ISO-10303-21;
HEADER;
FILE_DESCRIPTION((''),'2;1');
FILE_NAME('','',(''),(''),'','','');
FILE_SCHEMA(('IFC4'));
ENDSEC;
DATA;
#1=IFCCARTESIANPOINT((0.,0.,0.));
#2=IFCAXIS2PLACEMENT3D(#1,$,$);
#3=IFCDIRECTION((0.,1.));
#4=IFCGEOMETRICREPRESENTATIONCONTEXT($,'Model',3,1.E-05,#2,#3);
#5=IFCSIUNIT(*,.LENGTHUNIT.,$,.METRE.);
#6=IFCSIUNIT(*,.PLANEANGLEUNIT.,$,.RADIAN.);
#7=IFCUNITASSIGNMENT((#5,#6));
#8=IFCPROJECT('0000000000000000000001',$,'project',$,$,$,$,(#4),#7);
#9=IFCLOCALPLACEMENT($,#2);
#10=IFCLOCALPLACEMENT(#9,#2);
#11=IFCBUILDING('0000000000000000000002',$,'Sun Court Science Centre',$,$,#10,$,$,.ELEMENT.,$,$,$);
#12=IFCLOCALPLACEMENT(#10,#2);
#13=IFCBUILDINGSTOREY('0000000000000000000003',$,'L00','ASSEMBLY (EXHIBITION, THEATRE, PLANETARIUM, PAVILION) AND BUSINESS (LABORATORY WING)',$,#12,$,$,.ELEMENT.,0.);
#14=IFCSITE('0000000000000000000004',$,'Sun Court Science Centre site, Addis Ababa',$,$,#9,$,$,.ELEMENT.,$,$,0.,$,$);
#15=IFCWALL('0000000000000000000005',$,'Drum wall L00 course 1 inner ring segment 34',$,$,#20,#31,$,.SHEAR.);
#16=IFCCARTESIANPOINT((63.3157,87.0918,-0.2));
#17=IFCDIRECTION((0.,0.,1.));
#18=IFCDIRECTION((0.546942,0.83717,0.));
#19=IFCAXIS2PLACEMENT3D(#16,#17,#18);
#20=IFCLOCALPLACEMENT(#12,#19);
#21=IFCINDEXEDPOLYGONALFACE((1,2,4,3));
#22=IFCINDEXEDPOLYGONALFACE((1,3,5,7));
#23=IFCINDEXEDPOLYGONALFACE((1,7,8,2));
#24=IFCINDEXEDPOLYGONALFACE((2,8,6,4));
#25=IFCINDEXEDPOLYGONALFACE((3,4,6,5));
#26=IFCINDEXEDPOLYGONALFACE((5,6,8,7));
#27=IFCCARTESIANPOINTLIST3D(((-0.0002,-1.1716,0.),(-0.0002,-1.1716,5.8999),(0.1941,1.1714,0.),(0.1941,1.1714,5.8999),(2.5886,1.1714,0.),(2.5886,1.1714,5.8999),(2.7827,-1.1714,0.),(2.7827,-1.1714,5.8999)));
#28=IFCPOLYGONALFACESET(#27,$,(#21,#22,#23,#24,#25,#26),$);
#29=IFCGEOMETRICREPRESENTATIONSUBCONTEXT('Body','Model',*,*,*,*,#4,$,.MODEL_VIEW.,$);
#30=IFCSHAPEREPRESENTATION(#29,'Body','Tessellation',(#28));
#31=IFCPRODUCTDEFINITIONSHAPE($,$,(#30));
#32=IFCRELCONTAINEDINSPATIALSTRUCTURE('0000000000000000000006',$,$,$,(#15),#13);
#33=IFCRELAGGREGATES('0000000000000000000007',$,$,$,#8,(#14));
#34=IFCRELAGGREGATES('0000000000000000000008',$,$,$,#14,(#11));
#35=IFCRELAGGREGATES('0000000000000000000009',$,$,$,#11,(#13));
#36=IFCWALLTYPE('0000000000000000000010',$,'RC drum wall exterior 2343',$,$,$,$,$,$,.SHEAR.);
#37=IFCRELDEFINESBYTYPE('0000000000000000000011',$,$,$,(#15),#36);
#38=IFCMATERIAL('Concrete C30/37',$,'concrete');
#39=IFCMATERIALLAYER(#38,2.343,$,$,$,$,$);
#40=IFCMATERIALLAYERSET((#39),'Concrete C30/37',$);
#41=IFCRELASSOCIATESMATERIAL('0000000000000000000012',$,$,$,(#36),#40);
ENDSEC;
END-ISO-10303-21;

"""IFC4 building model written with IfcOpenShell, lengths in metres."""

from ifc_helpers import new_model, si_unit, direction, frame, origin, place, context, subcontext, project, spatial, polyline, outline, extrude, material, layer, layer_set, type_object, element, save


model = new_model("IFC4")

# Units and contexts
model_context = context("Model", 3, precision=1e-05, world=origin(), true_north=direction((0.0, 1.0)))
body_context = subcontext(model_context, "Body", "Model", "MODEL_VIEW")
ifc_project = project(units=[si_unit("LENGTHUNIT", "METRE"), si_unit("PLANEANGLEUNIT", "RADIAN")], contexts=[model_context])

# Site, building, storey
site_placement = place(None, origin())
site = spatial("IfcSite", under=ifc_project, at=site_placement, Name="Sun Court Science Centre site, Addis Ababa", CompositionType="ELEMENT", RefElevation=0.0)
building_placement = place(site_placement, origin())
building = spatial("IfcBuilding", under=site, at=building_placement, Name="Sun Court Science Centre", CompositionType="ELEMENT")
storey_placement = place(building_placement, origin())
storey = spatial("IfcBuildingStorey", under=building, at=storey_placement, Name="L00", Description="ASSEMBLY (EXHIBITION, THEATRE, PLANETARIUM, PAVILION) AND BUSINESS (LABORATORY WING)", CompositionType="ELEMENT", Elevation=0.0)

# Wall
ifc_material_1 = material(Name="Concrete C30/37", Category="concrete")
ifc_layer_1 = layer(ifc_material_1, 2.343)
ifc_layer_set_1 = layer_set([ifc_layer_1], Name="Concrete C30/37")
wall_type_1 = type_object("IfcWallType", Name="RC drum wall exterior 2343", PredefinedType="SHEAR", material=ifc_layer_set_1)
wall_1_placement = place(storey_placement, frame((63.3157, 87.0918, -0.2), z_axis=(0.0, 0.0, 1.0), x_axis=(0.546942, 0.83717, 0.0)))
element("IfcWall", 1, at=wall_1_placement, inside=storey, type_object=wall_type_1, Name="Drum wall L00 course 1 inner ring segment 34", PredefinedType="SHEAR", context=body_context, shape_type="SweptSolid", body=[
    extrude(outline(polyline([(-0.0002, -1.1716), (2.7827, -1.1714), (2.5886, 1.1714), (0.1941, 1.1714), (-0.0002, -1.1716)])), origin(), (0.0, 0.0, 1.0), 5.8999),
])

save(model, "model.ifc")
